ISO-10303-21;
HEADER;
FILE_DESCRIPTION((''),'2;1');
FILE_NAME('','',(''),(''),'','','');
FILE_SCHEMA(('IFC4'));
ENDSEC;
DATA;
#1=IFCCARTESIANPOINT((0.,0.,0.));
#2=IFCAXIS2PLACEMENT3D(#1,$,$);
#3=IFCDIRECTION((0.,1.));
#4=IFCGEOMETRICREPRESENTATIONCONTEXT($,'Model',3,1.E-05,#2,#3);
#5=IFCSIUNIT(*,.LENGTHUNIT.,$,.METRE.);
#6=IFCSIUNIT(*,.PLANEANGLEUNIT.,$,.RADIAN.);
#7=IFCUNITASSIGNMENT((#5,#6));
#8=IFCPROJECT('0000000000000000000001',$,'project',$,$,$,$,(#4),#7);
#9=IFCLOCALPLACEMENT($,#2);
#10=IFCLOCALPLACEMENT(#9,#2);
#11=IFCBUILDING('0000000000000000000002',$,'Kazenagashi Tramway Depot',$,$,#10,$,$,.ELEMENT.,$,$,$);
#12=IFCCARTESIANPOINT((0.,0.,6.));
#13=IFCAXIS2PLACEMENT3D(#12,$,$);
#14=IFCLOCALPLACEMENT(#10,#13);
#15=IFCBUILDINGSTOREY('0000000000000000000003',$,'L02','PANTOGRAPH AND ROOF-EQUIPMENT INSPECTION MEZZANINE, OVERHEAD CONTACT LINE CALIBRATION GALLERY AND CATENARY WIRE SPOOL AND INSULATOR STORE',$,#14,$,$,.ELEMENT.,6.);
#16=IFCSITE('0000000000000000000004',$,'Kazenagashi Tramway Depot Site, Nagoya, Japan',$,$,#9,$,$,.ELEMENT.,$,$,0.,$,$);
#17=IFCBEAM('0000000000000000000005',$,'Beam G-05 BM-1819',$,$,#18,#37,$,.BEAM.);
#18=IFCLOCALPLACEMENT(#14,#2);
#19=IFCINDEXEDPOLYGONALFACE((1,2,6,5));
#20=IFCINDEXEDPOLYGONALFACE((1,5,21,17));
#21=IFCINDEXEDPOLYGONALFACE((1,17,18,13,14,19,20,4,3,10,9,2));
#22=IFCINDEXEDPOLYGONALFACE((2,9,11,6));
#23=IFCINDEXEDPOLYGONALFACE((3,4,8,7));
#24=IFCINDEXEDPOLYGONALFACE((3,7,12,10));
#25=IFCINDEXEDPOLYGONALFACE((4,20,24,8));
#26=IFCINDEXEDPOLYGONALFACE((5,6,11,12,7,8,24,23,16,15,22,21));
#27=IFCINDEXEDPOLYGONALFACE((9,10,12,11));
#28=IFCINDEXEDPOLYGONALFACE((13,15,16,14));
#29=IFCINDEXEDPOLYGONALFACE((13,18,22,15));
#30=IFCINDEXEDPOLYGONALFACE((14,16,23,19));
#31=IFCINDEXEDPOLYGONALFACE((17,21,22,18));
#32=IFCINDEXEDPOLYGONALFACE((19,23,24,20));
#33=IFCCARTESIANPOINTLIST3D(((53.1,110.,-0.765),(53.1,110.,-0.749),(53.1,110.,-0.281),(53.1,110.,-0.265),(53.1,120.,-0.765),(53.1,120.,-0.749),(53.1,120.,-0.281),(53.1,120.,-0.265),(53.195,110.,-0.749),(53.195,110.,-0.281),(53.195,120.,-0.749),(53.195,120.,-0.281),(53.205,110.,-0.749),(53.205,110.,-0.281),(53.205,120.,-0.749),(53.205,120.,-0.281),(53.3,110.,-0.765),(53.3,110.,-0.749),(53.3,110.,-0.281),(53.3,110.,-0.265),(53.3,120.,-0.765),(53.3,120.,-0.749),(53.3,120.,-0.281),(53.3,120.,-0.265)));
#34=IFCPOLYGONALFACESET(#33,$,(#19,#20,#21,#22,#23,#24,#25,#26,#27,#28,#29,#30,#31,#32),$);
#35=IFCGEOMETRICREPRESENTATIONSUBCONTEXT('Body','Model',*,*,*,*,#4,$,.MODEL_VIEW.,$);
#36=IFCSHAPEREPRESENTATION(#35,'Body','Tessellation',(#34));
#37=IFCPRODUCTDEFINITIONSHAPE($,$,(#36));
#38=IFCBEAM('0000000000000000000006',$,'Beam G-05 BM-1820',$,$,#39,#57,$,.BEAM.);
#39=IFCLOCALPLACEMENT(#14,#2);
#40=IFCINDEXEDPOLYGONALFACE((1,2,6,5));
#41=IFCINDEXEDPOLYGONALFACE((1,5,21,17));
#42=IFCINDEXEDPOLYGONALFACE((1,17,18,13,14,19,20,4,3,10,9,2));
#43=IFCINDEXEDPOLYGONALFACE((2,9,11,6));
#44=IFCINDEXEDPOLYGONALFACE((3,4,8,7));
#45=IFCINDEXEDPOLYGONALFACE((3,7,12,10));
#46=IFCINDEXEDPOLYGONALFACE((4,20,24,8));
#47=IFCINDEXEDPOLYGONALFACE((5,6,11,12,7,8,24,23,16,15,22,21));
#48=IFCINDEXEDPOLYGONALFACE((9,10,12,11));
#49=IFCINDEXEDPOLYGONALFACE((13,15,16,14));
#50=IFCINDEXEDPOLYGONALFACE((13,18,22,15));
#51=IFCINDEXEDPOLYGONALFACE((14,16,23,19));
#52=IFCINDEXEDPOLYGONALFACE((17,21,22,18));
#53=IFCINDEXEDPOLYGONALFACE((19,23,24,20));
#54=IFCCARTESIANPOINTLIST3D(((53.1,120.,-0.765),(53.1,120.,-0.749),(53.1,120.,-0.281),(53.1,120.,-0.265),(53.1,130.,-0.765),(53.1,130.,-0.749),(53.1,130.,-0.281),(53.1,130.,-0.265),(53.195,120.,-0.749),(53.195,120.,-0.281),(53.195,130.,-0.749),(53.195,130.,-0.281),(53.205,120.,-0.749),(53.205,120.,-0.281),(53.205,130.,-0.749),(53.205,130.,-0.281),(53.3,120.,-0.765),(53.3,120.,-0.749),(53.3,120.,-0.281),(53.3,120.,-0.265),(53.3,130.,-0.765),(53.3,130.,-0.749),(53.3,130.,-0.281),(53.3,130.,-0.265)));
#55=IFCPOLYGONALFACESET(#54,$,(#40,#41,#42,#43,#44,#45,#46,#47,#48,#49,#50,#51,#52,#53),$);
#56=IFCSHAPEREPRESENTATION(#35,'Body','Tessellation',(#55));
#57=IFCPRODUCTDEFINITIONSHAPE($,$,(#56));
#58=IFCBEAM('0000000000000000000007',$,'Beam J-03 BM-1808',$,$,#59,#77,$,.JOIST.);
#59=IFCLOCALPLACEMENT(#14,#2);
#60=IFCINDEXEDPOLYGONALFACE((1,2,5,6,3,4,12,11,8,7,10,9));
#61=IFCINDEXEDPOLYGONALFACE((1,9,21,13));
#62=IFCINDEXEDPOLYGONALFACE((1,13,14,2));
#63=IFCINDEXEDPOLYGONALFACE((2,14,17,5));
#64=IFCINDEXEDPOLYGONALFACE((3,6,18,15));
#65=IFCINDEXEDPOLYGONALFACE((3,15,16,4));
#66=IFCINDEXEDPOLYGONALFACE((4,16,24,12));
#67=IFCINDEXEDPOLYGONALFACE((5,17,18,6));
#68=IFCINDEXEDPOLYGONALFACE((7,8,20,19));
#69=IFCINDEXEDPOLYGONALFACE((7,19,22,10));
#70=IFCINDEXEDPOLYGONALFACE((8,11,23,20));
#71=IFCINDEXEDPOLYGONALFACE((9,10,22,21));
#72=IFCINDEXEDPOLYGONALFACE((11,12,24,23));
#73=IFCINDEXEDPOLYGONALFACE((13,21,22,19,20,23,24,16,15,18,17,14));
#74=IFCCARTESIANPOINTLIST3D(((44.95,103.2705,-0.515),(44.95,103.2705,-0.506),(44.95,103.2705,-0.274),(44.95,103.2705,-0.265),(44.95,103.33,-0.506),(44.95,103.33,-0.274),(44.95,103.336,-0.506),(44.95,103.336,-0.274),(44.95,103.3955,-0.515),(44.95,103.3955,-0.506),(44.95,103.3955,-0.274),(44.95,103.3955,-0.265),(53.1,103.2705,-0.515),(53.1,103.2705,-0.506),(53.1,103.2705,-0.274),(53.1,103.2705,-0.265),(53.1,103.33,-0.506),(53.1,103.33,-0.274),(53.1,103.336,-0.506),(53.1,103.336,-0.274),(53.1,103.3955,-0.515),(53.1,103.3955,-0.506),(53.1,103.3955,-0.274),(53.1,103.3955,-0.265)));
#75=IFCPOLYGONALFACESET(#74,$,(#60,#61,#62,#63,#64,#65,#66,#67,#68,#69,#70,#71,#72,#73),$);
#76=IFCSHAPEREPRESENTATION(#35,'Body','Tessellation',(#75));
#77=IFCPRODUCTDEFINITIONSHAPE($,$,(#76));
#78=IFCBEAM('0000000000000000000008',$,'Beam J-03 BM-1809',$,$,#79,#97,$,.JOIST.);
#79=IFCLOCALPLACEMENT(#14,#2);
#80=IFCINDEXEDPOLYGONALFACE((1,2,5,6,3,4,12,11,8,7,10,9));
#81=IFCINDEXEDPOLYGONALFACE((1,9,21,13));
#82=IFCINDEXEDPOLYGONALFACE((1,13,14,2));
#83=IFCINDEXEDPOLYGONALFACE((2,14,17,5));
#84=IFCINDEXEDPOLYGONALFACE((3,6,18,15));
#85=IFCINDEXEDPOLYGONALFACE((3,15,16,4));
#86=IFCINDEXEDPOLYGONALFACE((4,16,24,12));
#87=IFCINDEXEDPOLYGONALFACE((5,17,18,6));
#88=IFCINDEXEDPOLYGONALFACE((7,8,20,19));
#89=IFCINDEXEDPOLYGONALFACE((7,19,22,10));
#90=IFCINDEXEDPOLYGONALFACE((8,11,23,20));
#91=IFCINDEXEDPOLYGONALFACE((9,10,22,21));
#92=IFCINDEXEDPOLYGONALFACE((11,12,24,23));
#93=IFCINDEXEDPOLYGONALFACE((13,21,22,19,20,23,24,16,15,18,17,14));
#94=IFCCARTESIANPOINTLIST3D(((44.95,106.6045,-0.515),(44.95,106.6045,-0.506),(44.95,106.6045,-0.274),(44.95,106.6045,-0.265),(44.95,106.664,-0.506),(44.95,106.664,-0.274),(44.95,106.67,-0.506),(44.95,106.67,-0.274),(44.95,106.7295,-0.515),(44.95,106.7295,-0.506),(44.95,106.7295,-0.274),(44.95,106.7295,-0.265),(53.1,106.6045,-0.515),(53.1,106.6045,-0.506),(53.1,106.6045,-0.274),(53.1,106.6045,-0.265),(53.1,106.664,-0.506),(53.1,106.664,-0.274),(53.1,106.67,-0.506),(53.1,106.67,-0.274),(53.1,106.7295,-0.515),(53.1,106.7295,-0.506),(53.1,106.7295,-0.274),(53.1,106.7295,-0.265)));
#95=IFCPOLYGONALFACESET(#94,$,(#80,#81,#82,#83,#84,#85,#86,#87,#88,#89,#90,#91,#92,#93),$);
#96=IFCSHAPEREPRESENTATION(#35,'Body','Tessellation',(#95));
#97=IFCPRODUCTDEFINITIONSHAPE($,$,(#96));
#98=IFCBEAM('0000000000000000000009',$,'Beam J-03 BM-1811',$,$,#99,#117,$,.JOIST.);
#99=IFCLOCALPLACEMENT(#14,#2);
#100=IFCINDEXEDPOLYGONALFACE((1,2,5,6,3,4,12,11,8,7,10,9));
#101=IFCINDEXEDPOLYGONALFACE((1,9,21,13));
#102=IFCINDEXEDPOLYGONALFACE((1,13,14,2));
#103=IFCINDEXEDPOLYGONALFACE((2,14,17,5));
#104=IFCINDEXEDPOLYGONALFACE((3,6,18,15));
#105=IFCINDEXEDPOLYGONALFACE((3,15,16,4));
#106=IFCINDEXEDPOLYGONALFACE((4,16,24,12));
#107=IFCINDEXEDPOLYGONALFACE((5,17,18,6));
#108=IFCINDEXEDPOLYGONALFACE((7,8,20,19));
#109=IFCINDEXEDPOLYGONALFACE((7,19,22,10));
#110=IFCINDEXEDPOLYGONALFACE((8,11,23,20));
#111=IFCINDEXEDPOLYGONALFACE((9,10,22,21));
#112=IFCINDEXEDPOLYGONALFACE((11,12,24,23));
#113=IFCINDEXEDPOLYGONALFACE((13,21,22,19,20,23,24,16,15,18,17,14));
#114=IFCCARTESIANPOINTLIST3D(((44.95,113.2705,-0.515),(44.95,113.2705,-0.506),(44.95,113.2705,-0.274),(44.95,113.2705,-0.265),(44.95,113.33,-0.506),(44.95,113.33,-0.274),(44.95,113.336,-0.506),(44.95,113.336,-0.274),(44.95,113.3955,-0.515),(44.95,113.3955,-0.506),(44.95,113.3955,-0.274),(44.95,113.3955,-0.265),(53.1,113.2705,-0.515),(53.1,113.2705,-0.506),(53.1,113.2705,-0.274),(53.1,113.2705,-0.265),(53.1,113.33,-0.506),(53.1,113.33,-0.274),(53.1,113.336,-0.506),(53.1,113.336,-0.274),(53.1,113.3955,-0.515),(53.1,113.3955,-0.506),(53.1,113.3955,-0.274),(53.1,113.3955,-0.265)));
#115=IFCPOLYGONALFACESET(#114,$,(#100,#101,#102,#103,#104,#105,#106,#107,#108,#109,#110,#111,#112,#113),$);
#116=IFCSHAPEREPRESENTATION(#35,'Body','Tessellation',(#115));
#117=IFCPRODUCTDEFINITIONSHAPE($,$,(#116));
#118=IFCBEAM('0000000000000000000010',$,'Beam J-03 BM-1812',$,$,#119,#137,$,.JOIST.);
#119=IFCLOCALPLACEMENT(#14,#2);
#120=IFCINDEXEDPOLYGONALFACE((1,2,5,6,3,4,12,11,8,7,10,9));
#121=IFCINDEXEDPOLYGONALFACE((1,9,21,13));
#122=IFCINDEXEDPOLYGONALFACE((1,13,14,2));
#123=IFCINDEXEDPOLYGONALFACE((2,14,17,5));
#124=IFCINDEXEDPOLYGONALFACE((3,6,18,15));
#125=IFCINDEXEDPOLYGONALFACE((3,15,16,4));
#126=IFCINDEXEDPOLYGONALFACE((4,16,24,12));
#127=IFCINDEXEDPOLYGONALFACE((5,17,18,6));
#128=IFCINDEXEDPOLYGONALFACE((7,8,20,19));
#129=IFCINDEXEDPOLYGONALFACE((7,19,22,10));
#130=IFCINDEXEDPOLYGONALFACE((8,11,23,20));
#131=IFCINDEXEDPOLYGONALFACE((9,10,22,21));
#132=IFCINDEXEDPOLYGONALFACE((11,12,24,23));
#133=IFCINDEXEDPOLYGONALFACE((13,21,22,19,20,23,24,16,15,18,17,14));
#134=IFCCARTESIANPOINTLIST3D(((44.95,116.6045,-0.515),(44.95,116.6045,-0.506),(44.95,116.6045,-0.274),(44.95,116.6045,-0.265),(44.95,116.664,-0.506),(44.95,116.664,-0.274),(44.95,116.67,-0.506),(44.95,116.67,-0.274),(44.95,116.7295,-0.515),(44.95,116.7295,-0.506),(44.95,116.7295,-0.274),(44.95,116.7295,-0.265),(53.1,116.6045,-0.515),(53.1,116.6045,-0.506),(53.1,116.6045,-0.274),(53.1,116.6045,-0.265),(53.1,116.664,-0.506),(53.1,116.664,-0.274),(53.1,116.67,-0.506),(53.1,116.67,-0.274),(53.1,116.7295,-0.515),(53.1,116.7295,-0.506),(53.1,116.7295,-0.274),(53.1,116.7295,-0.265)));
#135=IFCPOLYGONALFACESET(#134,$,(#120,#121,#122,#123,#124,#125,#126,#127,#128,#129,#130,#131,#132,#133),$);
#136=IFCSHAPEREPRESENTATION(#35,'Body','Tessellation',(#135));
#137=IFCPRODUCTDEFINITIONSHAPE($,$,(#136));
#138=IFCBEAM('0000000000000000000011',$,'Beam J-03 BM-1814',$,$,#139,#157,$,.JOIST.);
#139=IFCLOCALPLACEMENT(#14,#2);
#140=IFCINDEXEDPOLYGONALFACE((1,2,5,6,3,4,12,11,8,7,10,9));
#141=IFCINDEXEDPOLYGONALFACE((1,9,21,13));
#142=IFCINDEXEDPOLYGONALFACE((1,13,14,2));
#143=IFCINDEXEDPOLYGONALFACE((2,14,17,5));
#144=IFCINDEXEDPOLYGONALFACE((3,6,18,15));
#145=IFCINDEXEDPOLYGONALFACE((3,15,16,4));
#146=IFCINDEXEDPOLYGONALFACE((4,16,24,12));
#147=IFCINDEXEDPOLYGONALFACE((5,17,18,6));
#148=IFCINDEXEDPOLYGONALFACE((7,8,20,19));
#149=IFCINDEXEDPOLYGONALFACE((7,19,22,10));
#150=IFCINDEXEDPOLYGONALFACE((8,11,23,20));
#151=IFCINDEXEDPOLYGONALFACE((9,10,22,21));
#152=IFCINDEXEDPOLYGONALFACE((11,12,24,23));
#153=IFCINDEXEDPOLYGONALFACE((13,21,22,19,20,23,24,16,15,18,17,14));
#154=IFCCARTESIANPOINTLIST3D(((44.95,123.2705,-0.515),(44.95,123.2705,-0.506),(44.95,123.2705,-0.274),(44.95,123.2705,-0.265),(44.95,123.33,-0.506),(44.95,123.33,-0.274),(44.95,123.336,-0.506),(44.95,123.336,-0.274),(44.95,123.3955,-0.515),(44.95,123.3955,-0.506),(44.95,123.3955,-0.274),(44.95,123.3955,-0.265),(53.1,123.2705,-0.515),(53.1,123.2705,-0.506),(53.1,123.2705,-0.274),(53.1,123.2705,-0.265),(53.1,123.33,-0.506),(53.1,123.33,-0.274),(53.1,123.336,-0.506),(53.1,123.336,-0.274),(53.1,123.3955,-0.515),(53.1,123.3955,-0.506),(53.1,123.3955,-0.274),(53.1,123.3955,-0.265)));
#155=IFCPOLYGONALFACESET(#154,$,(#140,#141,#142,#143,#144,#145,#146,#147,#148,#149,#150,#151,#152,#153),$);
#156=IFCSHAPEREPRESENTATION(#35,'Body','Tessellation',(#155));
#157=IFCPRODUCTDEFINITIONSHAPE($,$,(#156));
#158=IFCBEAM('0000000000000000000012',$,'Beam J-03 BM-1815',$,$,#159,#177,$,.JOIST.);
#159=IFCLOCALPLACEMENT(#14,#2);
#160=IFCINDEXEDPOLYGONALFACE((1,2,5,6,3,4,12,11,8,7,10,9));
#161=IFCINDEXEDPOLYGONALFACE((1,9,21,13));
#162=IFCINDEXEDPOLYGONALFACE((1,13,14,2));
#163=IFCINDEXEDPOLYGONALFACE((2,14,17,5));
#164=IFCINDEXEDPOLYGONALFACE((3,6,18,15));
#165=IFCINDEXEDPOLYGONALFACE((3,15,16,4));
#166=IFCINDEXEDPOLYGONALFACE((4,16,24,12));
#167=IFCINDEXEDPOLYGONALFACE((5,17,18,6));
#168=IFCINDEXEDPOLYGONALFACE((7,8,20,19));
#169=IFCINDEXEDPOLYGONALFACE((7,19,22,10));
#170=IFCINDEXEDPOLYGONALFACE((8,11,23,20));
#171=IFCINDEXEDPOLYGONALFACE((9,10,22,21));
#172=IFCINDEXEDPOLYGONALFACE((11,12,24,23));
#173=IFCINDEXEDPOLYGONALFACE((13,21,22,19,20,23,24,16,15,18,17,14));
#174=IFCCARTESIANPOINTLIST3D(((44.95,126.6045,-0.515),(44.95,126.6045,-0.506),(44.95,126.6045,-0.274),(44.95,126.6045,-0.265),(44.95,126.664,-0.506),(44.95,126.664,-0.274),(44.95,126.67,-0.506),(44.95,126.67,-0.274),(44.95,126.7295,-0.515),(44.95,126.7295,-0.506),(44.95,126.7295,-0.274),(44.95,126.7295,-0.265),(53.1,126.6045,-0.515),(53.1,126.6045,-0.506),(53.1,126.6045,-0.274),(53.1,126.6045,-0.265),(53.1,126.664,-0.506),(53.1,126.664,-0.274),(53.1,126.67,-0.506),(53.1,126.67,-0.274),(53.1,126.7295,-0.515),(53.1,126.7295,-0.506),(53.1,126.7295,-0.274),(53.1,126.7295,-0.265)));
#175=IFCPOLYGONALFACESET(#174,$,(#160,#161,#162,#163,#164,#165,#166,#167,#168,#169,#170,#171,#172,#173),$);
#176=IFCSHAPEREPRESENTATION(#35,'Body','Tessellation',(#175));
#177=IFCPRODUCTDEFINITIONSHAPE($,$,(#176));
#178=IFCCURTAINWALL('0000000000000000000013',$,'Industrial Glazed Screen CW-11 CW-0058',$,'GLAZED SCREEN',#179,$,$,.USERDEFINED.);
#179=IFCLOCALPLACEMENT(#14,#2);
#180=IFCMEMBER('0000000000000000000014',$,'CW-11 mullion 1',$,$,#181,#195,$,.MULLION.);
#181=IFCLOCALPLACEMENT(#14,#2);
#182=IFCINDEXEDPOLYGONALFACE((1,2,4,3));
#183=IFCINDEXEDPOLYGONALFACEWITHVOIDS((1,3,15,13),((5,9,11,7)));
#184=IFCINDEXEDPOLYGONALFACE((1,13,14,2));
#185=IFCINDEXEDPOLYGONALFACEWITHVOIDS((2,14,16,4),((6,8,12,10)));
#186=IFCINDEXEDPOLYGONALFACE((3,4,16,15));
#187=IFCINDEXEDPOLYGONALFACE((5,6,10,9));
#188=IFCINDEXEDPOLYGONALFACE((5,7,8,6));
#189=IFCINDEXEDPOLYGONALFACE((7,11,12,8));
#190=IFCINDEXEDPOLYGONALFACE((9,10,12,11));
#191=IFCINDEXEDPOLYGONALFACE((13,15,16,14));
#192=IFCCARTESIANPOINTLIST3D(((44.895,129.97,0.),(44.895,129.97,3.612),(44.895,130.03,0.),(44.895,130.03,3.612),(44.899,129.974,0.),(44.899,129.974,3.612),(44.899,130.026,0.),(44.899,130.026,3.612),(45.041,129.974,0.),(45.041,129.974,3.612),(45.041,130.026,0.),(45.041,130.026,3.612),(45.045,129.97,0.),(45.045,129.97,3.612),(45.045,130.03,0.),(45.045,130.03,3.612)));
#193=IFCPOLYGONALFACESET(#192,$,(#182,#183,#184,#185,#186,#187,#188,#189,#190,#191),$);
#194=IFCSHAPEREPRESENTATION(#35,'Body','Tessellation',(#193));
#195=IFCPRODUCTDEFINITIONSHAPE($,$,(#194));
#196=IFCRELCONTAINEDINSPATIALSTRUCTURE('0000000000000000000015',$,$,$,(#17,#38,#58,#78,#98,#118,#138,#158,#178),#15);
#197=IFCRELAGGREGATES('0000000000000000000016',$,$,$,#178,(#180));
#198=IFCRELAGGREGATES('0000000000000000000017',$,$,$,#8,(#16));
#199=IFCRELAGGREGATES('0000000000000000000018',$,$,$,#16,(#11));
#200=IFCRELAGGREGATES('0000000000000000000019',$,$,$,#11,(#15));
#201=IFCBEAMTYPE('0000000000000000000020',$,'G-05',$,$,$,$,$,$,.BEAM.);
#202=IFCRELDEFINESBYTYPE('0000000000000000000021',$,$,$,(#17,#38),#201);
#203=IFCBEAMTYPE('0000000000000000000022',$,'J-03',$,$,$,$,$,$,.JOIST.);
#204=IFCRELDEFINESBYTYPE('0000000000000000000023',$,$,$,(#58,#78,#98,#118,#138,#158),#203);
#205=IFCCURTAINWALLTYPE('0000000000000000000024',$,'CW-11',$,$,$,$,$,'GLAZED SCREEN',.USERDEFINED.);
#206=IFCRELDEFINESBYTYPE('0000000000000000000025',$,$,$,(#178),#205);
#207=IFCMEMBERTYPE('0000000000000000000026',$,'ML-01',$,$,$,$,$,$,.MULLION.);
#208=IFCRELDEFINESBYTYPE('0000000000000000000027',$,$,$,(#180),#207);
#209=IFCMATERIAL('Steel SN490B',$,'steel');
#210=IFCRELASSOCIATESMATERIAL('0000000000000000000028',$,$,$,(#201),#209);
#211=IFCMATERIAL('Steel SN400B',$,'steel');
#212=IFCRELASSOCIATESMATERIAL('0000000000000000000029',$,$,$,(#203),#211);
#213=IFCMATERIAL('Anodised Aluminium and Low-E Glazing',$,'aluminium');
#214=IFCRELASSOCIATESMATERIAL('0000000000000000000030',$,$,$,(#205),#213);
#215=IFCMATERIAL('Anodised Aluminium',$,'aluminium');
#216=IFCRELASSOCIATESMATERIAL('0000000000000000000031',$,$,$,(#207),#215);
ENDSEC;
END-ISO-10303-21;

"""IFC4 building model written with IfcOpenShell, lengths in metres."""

from ifc_helpers import new_model, si_unit, direction, frame, origin, origin_2d, place, context, subcontext, project, spatial, hollow_rectangle, i_section, extrude, material, material_profile, profile_set, type_object, element, aggregate, save


model = new_model("IFC4")

# Units and contexts
model_context = context("Model", 3, precision=1e-05, world=origin(), true_north=direction((0.0, 1.0)))
body_context = subcontext(model_context, "Body", "Model", "MODEL_VIEW")
ifc_project = project(units=[si_unit("LENGTHUNIT", "METRE"), si_unit("PLANEANGLEUNIT", "RADIAN")], contexts=[model_context])

# Site, building, storey
site_placement = place(None, origin())
site = spatial("IfcSite", under=ifc_project, at=site_placement, Name="Kazenagashi Tramway Depot Site, Nagoya, Japan", CompositionType="ELEMENT", RefElevation=0.0)
building_placement = place(site_placement, origin())
building = spatial("IfcBuilding", under=site, at=building_placement, Name="Kazenagashi Tramway Depot", CompositionType="ELEMENT")
storey_placement = place(building_placement, frame((0.0, 0.0, 6.0)))
storey = spatial("IfcBuildingStorey", under=building, at=storey_placement, Name="L02", Description="PANTOGRAPH AND ROOF-EQUIPMENT INSPECTION MEZZANINE, OVERHEAD CONTACT LINE CALIBRATION GALLERY AND CATENARY WIRE SPOOL AND INSULATOR STORE", CompositionType="ELEMENT", Elevation=6.0)

# Shared definitions
ifc_material_1 = material(Name="Steel SN490B", Category="steel")

# Beams
ifc_material_profile_1 = material_profile(ifc_material_1, i_section(OverallWidth=0.2, OverallDepth=0.5, WebThickness=0.01, FlangeThickness=0.016, at=origin_2d()), Name="H-500x200x10x16")
ifc_profile_set_1 = profile_set([ifc_material_profile_1], Name="Steel SN490B")
beam_type_1 = type_object("IfcBeamType", Name="G-05", PredefinedType="BEAM", material=ifc_profile_set_1)
for number, where, z_axis, x_axis, name in (
    (1, (53.2, 110.0, -0.515), (0.0, 1.0, 0.0), (-1.0, 0.0, 0.0), "Beam G-05 BM-1819"),
    (2, (53.2, 120.0, -0.515), (0.0, 1.0, 0.0), (-1.0, 0.0, 0.0), "Beam G-05 BM-1820"),
):
    element("IfcBeam", number, at=place(storey_placement, frame(where, z_axis=z_axis, x_axis=x_axis)), inside=storey, type_object=beam_type_1, Name=name, PredefinedType="BEAM", context=body_context, shape_type="SweptSolid", body=[
        extrude(i_section(OverallWidth=0.2, OverallDepth=0.5, WebThickness=0.01, FlangeThickness=0.016, at=origin_2d()), origin(), (0.0, 0.0, 1.0), 10.0),
    ])
ifc_material_2 = material(Name="Steel SN400B", Category="steel")
ifc_material_profile_2 = material_profile(ifc_material_2, i_section(OverallWidth=0.125, OverallDepth=0.25, WebThickness=0.006, FlangeThickness=0.009, at=origin_2d()), Name="H-250x125x6x9")
ifc_profile_set_2 = profile_set([ifc_material_profile_2], Name="Steel SN400B")
beam_type_2 = type_object("IfcBeamType", Name="J-03", PredefinedType="JOIST", material=ifc_profile_set_2)
for number, where, z_axis, x_axis, name in (
    (3, (44.95, 103.333, -0.39), (1.0, 0.0, 0.0), (0.0, 1.0, 0.0), "Beam J-03 BM-1808"),
    (4, (44.95, 106.667, -0.39), (1.0, 0.0, 0.0), (0.0, 1.0, 0.0), "Beam J-03 BM-1809"),
    (5, (44.95, 113.333, -0.39), (1.0, 0.0, 0.0), (0.0, 1.0, 0.0), "Beam J-03 BM-1811"),
    (6, (44.95, 116.667, -0.39), (1.0, 0.0, 0.0), (0.0, 1.0, 0.0), "Beam J-03 BM-1812"),
    (7, (44.95, 123.333, -0.39), (1.0, 0.0, 0.0), (0.0, 1.0, 0.0), "Beam J-03 BM-1814"),
    (8, (44.95, 126.667, -0.39), (1.0, 0.0, 0.0), (0.0, 1.0, 0.0), "Beam J-03 BM-1815"),
):
    element("IfcBeam", number, at=place(storey_placement, frame(where, z_axis=z_axis, x_axis=x_axis)), inside=storey, type_object=beam_type_2, Name=name, PredefinedType="JOIST", context=body_context, shape_type="SweptSolid", body=[
        extrude(i_section(OverallWidth=0.125, OverallDepth=0.25, WebThickness=0.006, FlangeThickness=0.009, at=origin_2d()), origin(), (0.0, 0.0, 1.0), 8.15),
    ])

# Curtain wall, member
ifc_material_3 = material(Name="Anodised Aluminium and Low-E Glazing", Category="aluminium")
curtain_wall_type = type_object("IfcCurtainWallType", Name="CW-11", ElementType="GLAZED SCREEN", PredefinedType="USERDEFINED", material=ifc_material_3)
curtain_wall_placement = place(storey_placement, origin())
curtain_wall = element("IfcCurtainWall", 9, at=curtain_wall_placement, inside=storey, type_object=curtain_wall_type, Name="Industrial Glazed Screen CW-11 CW-0058", ObjectType="GLAZED SCREEN", PredefinedType="USERDEFINED")
ifc_material_4 = material(Name="Anodised Aluminium", Category="aluminium")
ifc_material_profile_3 = material_profile(ifc_material_4, hollow_rectangle(XDim=0.06, YDim=0.15, WallThickness=0.004, at=origin_2d()), Name="RHS-150x60x4")
ifc_profile_set_3 = profile_set([ifc_material_profile_3], Name="Anodised Aluminium")
member_type_1 = type_object("IfcMemberType", Name="ML-01", PredefinedType="MULLION", material=ifc_profile_set_3)
member_1_placement = place(storey_placement, frame((44.97, 130.0, 0.0), z_axis=(0.0, 0.0, 1.0), x_axis=(0.0, 1.0, 0.0)))
member_1 = element("IfcMember", 10, at=member_1_placement, type_object=member_type_1, Name="CW-11 mullion 1", PredefinedType="MULLION", context=body_context, shape_type="SweptSolid", body=[
    extrude(hollow_rectangle(XDim=0.06, YDim=0.15, WallThickness=0.004, at=origin_2d()), origin(), (0.0, 0.0, 1.0), 3.612),
])

aggregate(curtain_wall, [member_1])

save(model, "model.ifc")
